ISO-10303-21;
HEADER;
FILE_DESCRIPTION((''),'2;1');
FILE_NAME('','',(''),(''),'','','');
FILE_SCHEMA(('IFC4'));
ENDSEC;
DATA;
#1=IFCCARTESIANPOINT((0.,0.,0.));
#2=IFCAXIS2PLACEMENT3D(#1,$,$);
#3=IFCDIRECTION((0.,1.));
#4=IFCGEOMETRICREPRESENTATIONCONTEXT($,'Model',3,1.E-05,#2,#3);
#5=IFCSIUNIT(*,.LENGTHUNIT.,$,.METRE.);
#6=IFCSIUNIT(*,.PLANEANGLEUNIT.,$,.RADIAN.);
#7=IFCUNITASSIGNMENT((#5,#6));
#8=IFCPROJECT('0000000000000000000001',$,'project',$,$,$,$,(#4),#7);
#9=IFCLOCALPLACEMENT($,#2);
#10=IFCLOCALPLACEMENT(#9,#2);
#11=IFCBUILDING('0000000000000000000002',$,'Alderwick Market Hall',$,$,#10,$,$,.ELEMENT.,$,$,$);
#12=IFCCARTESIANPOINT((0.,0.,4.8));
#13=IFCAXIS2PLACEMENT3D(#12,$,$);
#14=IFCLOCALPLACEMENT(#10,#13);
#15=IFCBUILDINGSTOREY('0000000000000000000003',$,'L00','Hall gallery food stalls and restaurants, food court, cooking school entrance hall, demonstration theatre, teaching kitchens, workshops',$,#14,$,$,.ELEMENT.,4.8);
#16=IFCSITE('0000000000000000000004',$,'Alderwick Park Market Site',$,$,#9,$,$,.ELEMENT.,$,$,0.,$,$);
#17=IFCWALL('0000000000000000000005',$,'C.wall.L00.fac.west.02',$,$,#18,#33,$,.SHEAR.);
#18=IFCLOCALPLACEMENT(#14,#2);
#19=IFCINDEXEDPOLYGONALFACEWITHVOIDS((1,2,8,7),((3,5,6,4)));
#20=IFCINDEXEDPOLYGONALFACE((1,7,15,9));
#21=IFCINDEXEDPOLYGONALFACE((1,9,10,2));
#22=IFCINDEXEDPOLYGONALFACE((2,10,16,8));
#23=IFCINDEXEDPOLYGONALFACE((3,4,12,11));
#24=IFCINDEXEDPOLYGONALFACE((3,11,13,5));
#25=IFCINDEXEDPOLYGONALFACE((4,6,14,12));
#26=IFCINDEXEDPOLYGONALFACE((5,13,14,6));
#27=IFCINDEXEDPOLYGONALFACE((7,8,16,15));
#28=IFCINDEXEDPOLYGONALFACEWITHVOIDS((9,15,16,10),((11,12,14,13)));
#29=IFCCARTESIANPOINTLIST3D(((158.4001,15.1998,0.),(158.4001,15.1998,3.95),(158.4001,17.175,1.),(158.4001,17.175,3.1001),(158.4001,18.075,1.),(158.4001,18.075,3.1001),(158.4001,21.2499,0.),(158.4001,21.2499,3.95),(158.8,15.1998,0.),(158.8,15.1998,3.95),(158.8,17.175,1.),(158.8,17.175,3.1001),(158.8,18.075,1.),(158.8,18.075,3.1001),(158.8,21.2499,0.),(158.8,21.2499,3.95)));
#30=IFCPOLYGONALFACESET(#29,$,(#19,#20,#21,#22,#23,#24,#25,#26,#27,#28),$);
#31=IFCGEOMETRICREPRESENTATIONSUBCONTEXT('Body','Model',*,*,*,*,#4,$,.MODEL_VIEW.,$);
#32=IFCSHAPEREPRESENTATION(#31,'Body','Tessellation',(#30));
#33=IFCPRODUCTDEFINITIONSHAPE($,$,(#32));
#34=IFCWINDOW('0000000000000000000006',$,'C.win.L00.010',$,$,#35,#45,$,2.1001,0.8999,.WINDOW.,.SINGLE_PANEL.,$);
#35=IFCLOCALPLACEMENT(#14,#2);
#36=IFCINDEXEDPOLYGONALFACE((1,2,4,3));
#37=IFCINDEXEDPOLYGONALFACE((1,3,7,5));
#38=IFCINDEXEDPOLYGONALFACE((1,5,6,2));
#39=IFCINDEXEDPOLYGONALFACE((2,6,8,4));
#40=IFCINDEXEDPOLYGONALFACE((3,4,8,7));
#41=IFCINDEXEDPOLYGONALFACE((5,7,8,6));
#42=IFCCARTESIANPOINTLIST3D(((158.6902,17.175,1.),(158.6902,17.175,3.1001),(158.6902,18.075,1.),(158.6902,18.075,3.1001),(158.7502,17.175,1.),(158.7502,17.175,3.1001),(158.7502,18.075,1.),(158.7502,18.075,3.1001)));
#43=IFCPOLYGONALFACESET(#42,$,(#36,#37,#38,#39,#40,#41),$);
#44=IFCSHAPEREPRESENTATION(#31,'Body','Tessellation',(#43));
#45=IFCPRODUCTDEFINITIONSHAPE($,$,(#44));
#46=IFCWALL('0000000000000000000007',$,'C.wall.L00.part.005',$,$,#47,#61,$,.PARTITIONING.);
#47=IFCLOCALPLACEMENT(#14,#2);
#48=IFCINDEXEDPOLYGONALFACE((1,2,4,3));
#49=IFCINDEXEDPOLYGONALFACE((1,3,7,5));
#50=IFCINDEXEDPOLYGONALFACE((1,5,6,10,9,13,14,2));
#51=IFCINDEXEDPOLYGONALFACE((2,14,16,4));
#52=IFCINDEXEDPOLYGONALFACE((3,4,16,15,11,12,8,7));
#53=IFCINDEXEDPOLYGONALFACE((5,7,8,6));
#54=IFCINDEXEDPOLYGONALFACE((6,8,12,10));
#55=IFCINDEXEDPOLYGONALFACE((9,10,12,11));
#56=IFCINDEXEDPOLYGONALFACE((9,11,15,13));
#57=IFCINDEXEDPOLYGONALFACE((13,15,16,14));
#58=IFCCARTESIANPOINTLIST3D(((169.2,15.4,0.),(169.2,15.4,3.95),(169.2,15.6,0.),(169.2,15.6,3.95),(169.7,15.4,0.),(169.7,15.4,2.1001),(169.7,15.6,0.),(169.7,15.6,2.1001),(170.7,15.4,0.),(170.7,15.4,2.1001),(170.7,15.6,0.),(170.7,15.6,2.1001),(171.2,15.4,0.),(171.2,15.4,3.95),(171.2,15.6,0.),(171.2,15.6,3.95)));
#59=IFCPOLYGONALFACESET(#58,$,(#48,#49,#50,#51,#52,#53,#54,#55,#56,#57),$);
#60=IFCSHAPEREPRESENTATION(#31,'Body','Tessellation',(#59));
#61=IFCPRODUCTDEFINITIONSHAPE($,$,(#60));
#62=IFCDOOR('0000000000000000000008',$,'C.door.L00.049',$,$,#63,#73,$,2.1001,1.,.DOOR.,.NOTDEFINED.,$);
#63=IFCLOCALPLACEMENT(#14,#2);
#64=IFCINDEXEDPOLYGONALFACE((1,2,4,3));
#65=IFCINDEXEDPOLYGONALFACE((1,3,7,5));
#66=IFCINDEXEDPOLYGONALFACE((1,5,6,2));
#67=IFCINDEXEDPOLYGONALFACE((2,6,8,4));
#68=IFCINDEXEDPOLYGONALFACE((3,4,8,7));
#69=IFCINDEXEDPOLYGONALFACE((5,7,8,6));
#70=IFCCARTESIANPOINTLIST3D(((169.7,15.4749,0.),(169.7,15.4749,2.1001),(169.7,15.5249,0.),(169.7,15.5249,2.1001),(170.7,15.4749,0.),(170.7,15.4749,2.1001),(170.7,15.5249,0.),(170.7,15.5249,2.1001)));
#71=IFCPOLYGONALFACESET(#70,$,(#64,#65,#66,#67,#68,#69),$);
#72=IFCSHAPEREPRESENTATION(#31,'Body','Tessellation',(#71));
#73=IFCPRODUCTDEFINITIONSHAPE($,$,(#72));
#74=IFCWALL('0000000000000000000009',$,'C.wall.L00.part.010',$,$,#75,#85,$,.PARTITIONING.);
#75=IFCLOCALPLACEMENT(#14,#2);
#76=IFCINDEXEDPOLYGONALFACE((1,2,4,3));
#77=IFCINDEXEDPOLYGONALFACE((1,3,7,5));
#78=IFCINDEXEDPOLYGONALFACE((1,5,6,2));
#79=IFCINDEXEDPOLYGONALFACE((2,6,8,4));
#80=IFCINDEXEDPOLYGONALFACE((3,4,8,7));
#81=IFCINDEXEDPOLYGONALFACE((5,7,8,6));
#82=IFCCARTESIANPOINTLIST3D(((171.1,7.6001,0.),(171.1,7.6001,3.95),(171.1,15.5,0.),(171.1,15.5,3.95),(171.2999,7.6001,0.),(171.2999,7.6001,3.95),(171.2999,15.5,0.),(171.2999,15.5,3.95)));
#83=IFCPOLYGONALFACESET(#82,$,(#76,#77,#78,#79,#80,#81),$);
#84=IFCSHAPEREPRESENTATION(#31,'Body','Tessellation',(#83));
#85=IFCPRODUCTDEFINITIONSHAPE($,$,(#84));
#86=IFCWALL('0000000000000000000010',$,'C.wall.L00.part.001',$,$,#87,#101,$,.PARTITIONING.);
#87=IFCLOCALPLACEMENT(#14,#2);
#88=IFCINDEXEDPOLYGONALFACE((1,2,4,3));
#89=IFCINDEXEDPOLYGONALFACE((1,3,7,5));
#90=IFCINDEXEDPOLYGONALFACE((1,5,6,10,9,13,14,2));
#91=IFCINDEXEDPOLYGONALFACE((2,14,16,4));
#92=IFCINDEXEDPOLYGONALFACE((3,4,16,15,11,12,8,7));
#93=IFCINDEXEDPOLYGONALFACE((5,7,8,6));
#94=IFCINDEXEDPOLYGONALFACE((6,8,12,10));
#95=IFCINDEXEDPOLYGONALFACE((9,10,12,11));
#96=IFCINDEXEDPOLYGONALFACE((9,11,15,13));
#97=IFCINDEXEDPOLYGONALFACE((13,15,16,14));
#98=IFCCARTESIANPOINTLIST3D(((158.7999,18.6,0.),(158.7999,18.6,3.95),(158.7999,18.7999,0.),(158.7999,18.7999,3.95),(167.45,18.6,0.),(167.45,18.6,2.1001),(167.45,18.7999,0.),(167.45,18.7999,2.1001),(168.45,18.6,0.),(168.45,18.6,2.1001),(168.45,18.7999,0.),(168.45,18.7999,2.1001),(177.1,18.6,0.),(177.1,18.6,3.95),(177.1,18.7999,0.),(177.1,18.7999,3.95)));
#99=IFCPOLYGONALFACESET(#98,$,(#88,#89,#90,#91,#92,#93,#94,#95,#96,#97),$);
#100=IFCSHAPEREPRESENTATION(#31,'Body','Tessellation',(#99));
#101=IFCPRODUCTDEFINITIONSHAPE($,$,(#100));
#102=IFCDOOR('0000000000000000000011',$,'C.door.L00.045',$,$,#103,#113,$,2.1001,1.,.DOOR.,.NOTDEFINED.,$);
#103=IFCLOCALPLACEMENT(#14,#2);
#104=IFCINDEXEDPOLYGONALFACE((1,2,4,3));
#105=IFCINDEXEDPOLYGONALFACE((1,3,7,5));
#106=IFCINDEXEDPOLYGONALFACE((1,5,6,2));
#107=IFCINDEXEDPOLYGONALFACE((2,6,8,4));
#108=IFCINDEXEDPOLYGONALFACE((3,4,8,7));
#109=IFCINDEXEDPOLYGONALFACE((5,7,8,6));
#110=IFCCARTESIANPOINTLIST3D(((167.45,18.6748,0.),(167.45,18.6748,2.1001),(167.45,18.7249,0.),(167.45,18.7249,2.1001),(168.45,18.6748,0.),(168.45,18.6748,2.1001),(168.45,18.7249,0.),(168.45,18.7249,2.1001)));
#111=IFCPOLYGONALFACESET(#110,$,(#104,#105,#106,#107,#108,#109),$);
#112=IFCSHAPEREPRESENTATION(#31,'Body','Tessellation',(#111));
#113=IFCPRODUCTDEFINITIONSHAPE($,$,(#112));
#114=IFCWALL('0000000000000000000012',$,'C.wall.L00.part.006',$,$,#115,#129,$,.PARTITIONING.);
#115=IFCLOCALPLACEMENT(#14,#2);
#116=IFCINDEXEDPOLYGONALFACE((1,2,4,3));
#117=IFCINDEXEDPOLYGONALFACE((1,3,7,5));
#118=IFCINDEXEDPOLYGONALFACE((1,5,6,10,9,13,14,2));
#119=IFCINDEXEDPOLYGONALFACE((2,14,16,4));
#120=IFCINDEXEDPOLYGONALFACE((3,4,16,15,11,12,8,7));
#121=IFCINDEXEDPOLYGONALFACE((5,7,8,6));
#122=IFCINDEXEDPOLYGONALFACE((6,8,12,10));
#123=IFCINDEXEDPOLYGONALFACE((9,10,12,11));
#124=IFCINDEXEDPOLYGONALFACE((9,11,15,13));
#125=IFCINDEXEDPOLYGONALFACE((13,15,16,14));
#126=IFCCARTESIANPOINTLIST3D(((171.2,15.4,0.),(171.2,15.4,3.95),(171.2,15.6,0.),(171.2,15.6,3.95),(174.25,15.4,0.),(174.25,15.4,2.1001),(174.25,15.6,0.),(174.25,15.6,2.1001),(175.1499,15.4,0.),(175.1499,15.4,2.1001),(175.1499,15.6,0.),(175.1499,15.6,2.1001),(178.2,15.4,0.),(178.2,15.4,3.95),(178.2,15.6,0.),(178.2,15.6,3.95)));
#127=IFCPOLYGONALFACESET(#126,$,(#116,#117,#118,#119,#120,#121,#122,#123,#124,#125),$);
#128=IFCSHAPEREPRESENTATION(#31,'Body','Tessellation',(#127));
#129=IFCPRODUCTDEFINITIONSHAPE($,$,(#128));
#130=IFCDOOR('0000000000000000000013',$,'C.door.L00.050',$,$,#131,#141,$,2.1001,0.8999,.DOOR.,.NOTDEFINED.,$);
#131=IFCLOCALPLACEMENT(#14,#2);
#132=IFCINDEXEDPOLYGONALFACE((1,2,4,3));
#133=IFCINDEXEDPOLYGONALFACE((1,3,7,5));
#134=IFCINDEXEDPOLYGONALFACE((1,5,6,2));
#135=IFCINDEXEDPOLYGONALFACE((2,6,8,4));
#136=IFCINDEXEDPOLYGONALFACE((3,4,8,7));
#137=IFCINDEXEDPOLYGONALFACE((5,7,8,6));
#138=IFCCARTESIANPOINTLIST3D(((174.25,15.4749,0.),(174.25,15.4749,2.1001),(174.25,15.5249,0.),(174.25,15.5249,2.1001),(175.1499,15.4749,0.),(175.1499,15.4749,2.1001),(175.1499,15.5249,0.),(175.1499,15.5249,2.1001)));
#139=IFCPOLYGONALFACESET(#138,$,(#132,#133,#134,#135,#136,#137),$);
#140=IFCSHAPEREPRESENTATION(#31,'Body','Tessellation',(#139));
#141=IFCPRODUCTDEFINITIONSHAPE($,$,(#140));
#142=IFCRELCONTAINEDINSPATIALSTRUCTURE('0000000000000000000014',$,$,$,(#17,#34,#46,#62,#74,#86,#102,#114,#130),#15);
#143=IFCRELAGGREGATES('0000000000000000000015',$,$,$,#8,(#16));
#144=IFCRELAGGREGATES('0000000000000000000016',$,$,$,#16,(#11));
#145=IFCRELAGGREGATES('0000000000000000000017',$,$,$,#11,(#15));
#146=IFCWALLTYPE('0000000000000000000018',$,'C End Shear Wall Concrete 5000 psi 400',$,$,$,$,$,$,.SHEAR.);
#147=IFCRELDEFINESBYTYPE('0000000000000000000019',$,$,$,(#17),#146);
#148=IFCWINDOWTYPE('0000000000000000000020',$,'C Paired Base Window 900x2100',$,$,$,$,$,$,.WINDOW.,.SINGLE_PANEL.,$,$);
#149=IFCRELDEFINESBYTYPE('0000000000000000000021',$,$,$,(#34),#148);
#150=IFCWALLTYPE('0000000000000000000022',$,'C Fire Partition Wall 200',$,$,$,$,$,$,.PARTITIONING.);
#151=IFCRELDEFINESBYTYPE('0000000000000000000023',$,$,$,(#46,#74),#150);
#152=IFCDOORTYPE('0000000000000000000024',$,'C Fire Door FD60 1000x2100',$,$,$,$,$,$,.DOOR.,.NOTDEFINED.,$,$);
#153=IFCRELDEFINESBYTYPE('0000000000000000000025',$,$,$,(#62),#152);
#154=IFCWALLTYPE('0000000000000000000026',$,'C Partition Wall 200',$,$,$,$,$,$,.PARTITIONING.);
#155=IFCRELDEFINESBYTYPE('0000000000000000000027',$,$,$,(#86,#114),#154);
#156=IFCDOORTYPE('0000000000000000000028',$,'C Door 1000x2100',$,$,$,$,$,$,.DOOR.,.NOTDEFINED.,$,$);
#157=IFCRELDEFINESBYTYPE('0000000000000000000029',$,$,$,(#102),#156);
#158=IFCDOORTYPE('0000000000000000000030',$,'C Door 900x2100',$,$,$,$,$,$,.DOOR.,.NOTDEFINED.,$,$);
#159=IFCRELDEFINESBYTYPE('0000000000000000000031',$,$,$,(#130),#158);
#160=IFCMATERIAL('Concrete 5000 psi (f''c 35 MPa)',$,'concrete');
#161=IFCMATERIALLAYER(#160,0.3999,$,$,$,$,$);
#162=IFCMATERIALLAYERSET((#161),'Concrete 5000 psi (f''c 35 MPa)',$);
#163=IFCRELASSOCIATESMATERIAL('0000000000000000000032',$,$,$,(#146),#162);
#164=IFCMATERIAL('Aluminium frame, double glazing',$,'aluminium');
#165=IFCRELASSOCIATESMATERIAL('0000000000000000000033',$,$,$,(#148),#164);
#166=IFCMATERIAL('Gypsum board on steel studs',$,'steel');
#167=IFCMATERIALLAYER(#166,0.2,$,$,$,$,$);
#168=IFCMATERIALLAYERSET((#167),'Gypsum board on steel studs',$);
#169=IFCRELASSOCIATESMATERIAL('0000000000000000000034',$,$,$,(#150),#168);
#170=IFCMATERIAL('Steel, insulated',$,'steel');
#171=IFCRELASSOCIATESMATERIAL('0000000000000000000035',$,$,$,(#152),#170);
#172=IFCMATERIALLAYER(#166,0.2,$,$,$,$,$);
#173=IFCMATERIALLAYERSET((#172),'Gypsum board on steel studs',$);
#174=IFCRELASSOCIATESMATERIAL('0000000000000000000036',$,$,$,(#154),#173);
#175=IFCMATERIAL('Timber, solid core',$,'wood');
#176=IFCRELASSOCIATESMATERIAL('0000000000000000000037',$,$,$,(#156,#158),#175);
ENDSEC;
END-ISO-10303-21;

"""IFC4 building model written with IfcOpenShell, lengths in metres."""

from ifc_helpers import new_model, si_unit, direction, frame, frame_2d, origin, place, context, subcontext, project, spatial, rectangle, extrude, material, layer, layer_set, type_object, element, fill, save


model = new_model("IFC4")

# Units and contexts
model_context = context("Model", 3, precision=1e-05, world=origin(), true_north=direction((0.0, 1.0)))
body_context = subcontext(model_context, "Body", "Model", "MODEL_VIEW")
ifc_project = project(units=[si_unit("LENGTHUNIT", "METRE"), si_unit("PLANEANGLEUNIT", "RADIAN")], contexts=[model_context])

# Site, building, storey
site_placement = place(None, origin())
site = spatial("IfcSite", under=ifc_project, at=site_placement, Name="Alderwick Park Market Site", CompositionType="ELEMENT", RefElevation=0.0)
building_placement = place(site_placement, origin())
building = spatial("IfcBuilding", under=site, at=building_placement, Name="Alderwick Market Hall", CompositionType="ELEMENT")
storey_placement = place(building_placement, frame((0.0, 0.0, 4.8)))
storey = spatial("IfcBuildingStorey", under=building, at=storey_placement, Name="L00", Description="Hall gallery food stalls and restaurants, food court, cooking school entrance hall, demonstration theatre, teaching kitchens, workshops", CompositionType="ELEMENT", Elevation=4.8)

# Shared definitions
ifc_material_1 = material(Name="Concrete 5000 psi (f'c 35 MPa)", Category="concrete")

# Shared definitions
ifc_material_2 = material(Name="Steel, insulated", Category="steel")

# Wall, opening, window
ifc_layer_1 = layer(ifc_material_1, 0.3999)
ifc_layer_set_1 = layer_set([ifc_layer_1], Name="Concrete 5000 psi (f'c 35 MPa)")
wall_type_1 = type_object("IfcWallType", Name="C End Shear Wall Concrete 5000 psi 400", PredefinedType="SHEAR", material=ifc_layer_set_1)
wall_1_placement = place(storey_placement, frame((158.6001, 15.2, 0.0), z_axis=(0.0, 0.0, 1.0), x_axis=(0.0, 1.0, 0.0)))
wall_1 = element("IfcWall", 1, at=wall_1_placement, inside=storey, type_object=wall_type_1, Name="C.wall.L00.fac.west.02", PredefinedType="SHEAR", context=body_context, shape_type="SweptSolid", body=[
    extrude(rectangle(XDim=6.05, YDim=0.3999, at=frame_2d((3.0249, 0.0))), origin(), (0.0, 0.0, 1.0), 3.95),
])
opening_1_placement = place(wall_1_placement, frame((1.9751, 0.0, 1.0)))
opening_1 = element("IfcOpeningElement", 2, at=opening_1_placement, cuts=wall_1, PredefinedType="OPENING", context=body_context, shape_type="SweptSolid", body=[
    extrude(rectangle(XDim=0.8999, YDim=2.1001, at=frame_2d((0.45, 1.05))), frame((0.0, 0.21, 0.0), z_axis=(0.0, -1.0, 0.0), x_axis=(1.0, 0.0, 0.0)), (0.0, 0.0, 1.0), 0.4199),
])
ifc_material_3 = material(Name="Aluminium frame, double glazing", Category="aluminium")
window_type = type_object("IfcWindowType", Name="C Paired Base Window 900x2100", PartitioningType="SINGLE_PANEL", PredefinedType="WINDOW", material=ifc_material_3)
window_placement = place(opening_1_placement, origin())
window = element("IfcWindow", 3, at=window_placement, inside=storey, type_object=window_type, Name="C.win.L00.010", OverallHeight=2.1001, OverallWidth=0.8999, PartitioningType="SINGLE_PANEL", PredefinedType="WINDOW", context=body_context, shape_type="SweptSolid", body=[
    extrude(rectangle(XDim=0.8999, YDim=2.1001, at=frame_2d((0.45, 1.05))), frame((0.0, -0.0901, 0.0), z_axis=(0.0, -1.0, 0.0), x_axis=(1.0, 0.0, 0.0)), (0.0, 0.0, 1.0), 0.0601),
])
fill(opening_1, window)

# Wall, opening, door
ifc_material_4 = material(Name="Gypsum board on steel studs", Category="steel")
ifc_layer_2 = layer(ifc_material_4, 0.2)
ifc_layer_set_2 = layer_set([ifc_layer_2], Name="Gypsum board on steel studs")
wall_type_2 = type_object("IfcWallType", Name="C Fire Partition Wall 200", PredefinedType="PARTITIONING", material=ifc_layer_set_2)
wall_2_placement = place(storey_placement, frame((169.2, 15.5, 0.0), z_axis=(0.0, 0.0, 1.0), x_axis=(1.0, 0.0, 0.0)))
wall_2 = element("IfcWall", 4, at=wall_2_placement, inside=storey, type_object=wall_type_2, Name="C.wall.L00.part.005", PredefinedType="PARTITIONING", context=body_context, shape_type="SweptSolid", body=[
    extrude(rectangle(XDim=2.0, YDim=0.2, at=frame_2d((1.0, 0.0))), origin(), (0.0, 0.0, 1.0), 3.95),
])
opening_2_placement = place(wall_2_placement, frame((0.5, 0.0, 0.0)))
opening_2 = element("IfcOpeningElement", 5, at=opening_2_placement, cuts=wall_2, PredefinedType="OPENING", context=body_context, shape_type="SweptSolid", body=[
    extrude(rectangle(XDim=1.0, YDim=2.1001, at=frame_2d((0.5, 1.05))), frame((0.0, 0.1099, 0.0), z_axis=(0.0, -1.0, 0.0), x_axis=(1.0, 0.0, 0.0)), (0.0, 0.0, 1.0), 0.22),
])
door_type_1 = type_object("IfcDoorType", Name="C Fire Door FD60 1000x2100", OperationType="NOTDEFINED", PredefinedType="DOOR", material=ifc_material_2)
door_1_placement = place(opening_2_placement, origin())
door_1 = element("IfcDoor", 6, at=door_1_placement, inside=storey, type_object=door_type_1, Name="C.door.L00.049", OperationType="NOTDEFINED", OverallHeight=2.1001, OverallWidth=1.0, PredefinedType="DOOR", context=body_context, shape_type="SweptSolid", body=[
    extrude(rectangle(XDim=1.0, YDim=2.1001, at=frame_2d((0.5, 1.05))), frame((0.0, 0.0249, 0.0), z_axis=(0.0, -1.0, 0.0), x_axis=(1.0, 0.0, 0.0)), (0.0, 0.0, 1.0), 0.05),
])
fill(opening_2, door_1)

# Wall
wall_3_placement = place(storey_placement, frame((171.2, 15.5, 0.0), z_axis=(0.0, 0.0, 1.0), x_axis=(0.0, -1.0, 0.0)))
element("IfcWall", 7, at=wall_3_placement, inside=storey, type_object=wall_type_2, Name="C.wall.L00.part.010", PredefinedType="PARTITIONING", context=body_context, shape_type="SweptSolid", body=[
    extrude(rectangle(XDim=7.8999, YDim=0.2, at=frame_2d((3.95, 0.0))), origin(), (0.0, 0.0, 1.0), 3.95),
])

# Walls, openings, doors
ifc_layer_3 = layer(ifc_material_4, 0.2)
ifc_layer_set_3 = layer_set([ifc_layer_3], Name="Gypsum board on steel studs")
wall_type_3 = type_object("IfcWallType", Name="C Partition Wall 200", PredefinedType="PARTITIONING", material=ifc_layer_set_3)
wall_4_placement = place(storey_placement, frame((158.8, 18.7, 0.0), z_axis=(0.0, 0.0, 1.0), x_axis=(1.0, 0.0, 0.0)))
wall_4 = element("IfcWall", 8, at=wall_4_placement, inside=storey, type_object=wall_type_3, Name="C.wall.L00.part.001", PredefinedType="PARTITIONING", context=body_context, shape_type="SweptSolid", body=[
    extrude(rectangle(XDim=18.3, YDim=0.2, at=frame_2d((9.1499, 0.0))), origin(), (0.0, 0.0, 1.0), 3.95),
])
opening_3_placement = place(wall_4_placement, frame((8.6499, 0.0, 0.0)))
opening_3 = element("IfcOpeningElement", 9, at=opening_3_placement, cuts=wall_4, PredefinedType="OPENING", context=body_context, shape_type="SweptSolid", body=[
    extrude(rectangle(XDim=1.0, YDim=2.1001, at=frame_2d((0.5, 1.05))), frame((0.0, 0.1099, 0.0), z_axis=(0.0, -1.0, 0.0), x_axis=(1.0, 0.0, 0.0)), (0.0, 0.0, 1.0), 0.22),
])
ifc_material_5 = material(Name="Timber, solid core", Category="wood")
door_type_2 = type_object("IfcDoorType", Name="C Door 1000x2100", OperationType="NOTDEFINED", PredefinedType="DOOR", material=ifc_material_5)
door_2_placement = place(opening_3_placement, origin())
door_2 = element("IfcDoor", 10, at=door_2_placement, inside=storey, type_object=door_type_2, Name="C.door.L00.045", OperationType="NOTDEFINED", OverallHeight=2.1001, OverallWidth=1.0, PredefinedType="DOOR", context=body_context, shape_type="SweptSolid", body=[
    extrude(rectangle(XDim=1.0, YDim=2.1001, at=frame_2d((0.5, 1.05))), frame((0.0, 0.0249, 0.0), z_axis=(0.0, -1.0, 0.0), x_axis=(1.0, 0.0, 0.0)), (0.0, 0.0, 1.0), 0.05),
])
fill(opening_3, door_2)
wall_5_placement = place(storey_placement, frame((171.2, 15.5, 0.0), z_axis=(0.0, 0.0, 1.0), x_axis=(1.0, 0.0, 0.0)))
wall_5 = element("IfcWall", 11, at=wall_5_placement, inside=storey, type_object=wall_type_3, Name="C.wall.L00.part.006", PredefinedType="PARTITIONING", context=body_context, shape_type="SweptSolid", body=[
    extrude(rectangle(XDim=7.0, YDim=0.2, at=frame_2d((3.5, 0.0))), origin(), (0.0, 0.0, 1.0), 3.95),
])
opening_4_placement = place(wall_5_placement, frame((3.05, 0.0, 0.0)))
opening_4 = element("IfcOpeningElement", 12, at=opening_4_placement, cuts=wall_5, PredefinedType="OPENING", context=body_context, shape_type="SweptSolid", body=[
    extrude(rectangle(XDim=0.8999, YDim=2.1001, at=frame_2d((0.45, 1.05))), frame((0.0, 0.1099, 0.0), z_axis=(0.0, -1.0, 0.0), x_axis=(1.0, 0.0, 0.0)), (0.0, 0.0, 1.0), 0.22),
])
door_type_3 = type_object("IfcDoorType", Name="C Door 900x2100", OperationType="NOTDEFINED", PredefinedType="DOOR", material=ifc_material_5)
door_3_placement = place(opening_4_placement, origin())
door_3 = element("IfcDoor", 13, at=door_3_placement, inside=storey, type_object=door_type_3, Name="C.door.L00.050", OperationType="NOTDEFINED", OverallHeight=2.1001, OverallWidth=0.8999, PredefinedType="DOOR", context=body_context, shape_type="SweptSolid", body=[
    extrude(rectangle(XDim=0.8999, YDim=2.1001, at=frame_2d((0.45, 1.05))), frame((0.0, 0.0249, 0.0), z_axis=(0.0, -1.0, 0.0), x_axis=(1.0, 0.0, 0.0)), (0.0, 0.0, 1.0), 0.05),
])
fill(opening_4, door_3)

save(model, "model.ifc")
